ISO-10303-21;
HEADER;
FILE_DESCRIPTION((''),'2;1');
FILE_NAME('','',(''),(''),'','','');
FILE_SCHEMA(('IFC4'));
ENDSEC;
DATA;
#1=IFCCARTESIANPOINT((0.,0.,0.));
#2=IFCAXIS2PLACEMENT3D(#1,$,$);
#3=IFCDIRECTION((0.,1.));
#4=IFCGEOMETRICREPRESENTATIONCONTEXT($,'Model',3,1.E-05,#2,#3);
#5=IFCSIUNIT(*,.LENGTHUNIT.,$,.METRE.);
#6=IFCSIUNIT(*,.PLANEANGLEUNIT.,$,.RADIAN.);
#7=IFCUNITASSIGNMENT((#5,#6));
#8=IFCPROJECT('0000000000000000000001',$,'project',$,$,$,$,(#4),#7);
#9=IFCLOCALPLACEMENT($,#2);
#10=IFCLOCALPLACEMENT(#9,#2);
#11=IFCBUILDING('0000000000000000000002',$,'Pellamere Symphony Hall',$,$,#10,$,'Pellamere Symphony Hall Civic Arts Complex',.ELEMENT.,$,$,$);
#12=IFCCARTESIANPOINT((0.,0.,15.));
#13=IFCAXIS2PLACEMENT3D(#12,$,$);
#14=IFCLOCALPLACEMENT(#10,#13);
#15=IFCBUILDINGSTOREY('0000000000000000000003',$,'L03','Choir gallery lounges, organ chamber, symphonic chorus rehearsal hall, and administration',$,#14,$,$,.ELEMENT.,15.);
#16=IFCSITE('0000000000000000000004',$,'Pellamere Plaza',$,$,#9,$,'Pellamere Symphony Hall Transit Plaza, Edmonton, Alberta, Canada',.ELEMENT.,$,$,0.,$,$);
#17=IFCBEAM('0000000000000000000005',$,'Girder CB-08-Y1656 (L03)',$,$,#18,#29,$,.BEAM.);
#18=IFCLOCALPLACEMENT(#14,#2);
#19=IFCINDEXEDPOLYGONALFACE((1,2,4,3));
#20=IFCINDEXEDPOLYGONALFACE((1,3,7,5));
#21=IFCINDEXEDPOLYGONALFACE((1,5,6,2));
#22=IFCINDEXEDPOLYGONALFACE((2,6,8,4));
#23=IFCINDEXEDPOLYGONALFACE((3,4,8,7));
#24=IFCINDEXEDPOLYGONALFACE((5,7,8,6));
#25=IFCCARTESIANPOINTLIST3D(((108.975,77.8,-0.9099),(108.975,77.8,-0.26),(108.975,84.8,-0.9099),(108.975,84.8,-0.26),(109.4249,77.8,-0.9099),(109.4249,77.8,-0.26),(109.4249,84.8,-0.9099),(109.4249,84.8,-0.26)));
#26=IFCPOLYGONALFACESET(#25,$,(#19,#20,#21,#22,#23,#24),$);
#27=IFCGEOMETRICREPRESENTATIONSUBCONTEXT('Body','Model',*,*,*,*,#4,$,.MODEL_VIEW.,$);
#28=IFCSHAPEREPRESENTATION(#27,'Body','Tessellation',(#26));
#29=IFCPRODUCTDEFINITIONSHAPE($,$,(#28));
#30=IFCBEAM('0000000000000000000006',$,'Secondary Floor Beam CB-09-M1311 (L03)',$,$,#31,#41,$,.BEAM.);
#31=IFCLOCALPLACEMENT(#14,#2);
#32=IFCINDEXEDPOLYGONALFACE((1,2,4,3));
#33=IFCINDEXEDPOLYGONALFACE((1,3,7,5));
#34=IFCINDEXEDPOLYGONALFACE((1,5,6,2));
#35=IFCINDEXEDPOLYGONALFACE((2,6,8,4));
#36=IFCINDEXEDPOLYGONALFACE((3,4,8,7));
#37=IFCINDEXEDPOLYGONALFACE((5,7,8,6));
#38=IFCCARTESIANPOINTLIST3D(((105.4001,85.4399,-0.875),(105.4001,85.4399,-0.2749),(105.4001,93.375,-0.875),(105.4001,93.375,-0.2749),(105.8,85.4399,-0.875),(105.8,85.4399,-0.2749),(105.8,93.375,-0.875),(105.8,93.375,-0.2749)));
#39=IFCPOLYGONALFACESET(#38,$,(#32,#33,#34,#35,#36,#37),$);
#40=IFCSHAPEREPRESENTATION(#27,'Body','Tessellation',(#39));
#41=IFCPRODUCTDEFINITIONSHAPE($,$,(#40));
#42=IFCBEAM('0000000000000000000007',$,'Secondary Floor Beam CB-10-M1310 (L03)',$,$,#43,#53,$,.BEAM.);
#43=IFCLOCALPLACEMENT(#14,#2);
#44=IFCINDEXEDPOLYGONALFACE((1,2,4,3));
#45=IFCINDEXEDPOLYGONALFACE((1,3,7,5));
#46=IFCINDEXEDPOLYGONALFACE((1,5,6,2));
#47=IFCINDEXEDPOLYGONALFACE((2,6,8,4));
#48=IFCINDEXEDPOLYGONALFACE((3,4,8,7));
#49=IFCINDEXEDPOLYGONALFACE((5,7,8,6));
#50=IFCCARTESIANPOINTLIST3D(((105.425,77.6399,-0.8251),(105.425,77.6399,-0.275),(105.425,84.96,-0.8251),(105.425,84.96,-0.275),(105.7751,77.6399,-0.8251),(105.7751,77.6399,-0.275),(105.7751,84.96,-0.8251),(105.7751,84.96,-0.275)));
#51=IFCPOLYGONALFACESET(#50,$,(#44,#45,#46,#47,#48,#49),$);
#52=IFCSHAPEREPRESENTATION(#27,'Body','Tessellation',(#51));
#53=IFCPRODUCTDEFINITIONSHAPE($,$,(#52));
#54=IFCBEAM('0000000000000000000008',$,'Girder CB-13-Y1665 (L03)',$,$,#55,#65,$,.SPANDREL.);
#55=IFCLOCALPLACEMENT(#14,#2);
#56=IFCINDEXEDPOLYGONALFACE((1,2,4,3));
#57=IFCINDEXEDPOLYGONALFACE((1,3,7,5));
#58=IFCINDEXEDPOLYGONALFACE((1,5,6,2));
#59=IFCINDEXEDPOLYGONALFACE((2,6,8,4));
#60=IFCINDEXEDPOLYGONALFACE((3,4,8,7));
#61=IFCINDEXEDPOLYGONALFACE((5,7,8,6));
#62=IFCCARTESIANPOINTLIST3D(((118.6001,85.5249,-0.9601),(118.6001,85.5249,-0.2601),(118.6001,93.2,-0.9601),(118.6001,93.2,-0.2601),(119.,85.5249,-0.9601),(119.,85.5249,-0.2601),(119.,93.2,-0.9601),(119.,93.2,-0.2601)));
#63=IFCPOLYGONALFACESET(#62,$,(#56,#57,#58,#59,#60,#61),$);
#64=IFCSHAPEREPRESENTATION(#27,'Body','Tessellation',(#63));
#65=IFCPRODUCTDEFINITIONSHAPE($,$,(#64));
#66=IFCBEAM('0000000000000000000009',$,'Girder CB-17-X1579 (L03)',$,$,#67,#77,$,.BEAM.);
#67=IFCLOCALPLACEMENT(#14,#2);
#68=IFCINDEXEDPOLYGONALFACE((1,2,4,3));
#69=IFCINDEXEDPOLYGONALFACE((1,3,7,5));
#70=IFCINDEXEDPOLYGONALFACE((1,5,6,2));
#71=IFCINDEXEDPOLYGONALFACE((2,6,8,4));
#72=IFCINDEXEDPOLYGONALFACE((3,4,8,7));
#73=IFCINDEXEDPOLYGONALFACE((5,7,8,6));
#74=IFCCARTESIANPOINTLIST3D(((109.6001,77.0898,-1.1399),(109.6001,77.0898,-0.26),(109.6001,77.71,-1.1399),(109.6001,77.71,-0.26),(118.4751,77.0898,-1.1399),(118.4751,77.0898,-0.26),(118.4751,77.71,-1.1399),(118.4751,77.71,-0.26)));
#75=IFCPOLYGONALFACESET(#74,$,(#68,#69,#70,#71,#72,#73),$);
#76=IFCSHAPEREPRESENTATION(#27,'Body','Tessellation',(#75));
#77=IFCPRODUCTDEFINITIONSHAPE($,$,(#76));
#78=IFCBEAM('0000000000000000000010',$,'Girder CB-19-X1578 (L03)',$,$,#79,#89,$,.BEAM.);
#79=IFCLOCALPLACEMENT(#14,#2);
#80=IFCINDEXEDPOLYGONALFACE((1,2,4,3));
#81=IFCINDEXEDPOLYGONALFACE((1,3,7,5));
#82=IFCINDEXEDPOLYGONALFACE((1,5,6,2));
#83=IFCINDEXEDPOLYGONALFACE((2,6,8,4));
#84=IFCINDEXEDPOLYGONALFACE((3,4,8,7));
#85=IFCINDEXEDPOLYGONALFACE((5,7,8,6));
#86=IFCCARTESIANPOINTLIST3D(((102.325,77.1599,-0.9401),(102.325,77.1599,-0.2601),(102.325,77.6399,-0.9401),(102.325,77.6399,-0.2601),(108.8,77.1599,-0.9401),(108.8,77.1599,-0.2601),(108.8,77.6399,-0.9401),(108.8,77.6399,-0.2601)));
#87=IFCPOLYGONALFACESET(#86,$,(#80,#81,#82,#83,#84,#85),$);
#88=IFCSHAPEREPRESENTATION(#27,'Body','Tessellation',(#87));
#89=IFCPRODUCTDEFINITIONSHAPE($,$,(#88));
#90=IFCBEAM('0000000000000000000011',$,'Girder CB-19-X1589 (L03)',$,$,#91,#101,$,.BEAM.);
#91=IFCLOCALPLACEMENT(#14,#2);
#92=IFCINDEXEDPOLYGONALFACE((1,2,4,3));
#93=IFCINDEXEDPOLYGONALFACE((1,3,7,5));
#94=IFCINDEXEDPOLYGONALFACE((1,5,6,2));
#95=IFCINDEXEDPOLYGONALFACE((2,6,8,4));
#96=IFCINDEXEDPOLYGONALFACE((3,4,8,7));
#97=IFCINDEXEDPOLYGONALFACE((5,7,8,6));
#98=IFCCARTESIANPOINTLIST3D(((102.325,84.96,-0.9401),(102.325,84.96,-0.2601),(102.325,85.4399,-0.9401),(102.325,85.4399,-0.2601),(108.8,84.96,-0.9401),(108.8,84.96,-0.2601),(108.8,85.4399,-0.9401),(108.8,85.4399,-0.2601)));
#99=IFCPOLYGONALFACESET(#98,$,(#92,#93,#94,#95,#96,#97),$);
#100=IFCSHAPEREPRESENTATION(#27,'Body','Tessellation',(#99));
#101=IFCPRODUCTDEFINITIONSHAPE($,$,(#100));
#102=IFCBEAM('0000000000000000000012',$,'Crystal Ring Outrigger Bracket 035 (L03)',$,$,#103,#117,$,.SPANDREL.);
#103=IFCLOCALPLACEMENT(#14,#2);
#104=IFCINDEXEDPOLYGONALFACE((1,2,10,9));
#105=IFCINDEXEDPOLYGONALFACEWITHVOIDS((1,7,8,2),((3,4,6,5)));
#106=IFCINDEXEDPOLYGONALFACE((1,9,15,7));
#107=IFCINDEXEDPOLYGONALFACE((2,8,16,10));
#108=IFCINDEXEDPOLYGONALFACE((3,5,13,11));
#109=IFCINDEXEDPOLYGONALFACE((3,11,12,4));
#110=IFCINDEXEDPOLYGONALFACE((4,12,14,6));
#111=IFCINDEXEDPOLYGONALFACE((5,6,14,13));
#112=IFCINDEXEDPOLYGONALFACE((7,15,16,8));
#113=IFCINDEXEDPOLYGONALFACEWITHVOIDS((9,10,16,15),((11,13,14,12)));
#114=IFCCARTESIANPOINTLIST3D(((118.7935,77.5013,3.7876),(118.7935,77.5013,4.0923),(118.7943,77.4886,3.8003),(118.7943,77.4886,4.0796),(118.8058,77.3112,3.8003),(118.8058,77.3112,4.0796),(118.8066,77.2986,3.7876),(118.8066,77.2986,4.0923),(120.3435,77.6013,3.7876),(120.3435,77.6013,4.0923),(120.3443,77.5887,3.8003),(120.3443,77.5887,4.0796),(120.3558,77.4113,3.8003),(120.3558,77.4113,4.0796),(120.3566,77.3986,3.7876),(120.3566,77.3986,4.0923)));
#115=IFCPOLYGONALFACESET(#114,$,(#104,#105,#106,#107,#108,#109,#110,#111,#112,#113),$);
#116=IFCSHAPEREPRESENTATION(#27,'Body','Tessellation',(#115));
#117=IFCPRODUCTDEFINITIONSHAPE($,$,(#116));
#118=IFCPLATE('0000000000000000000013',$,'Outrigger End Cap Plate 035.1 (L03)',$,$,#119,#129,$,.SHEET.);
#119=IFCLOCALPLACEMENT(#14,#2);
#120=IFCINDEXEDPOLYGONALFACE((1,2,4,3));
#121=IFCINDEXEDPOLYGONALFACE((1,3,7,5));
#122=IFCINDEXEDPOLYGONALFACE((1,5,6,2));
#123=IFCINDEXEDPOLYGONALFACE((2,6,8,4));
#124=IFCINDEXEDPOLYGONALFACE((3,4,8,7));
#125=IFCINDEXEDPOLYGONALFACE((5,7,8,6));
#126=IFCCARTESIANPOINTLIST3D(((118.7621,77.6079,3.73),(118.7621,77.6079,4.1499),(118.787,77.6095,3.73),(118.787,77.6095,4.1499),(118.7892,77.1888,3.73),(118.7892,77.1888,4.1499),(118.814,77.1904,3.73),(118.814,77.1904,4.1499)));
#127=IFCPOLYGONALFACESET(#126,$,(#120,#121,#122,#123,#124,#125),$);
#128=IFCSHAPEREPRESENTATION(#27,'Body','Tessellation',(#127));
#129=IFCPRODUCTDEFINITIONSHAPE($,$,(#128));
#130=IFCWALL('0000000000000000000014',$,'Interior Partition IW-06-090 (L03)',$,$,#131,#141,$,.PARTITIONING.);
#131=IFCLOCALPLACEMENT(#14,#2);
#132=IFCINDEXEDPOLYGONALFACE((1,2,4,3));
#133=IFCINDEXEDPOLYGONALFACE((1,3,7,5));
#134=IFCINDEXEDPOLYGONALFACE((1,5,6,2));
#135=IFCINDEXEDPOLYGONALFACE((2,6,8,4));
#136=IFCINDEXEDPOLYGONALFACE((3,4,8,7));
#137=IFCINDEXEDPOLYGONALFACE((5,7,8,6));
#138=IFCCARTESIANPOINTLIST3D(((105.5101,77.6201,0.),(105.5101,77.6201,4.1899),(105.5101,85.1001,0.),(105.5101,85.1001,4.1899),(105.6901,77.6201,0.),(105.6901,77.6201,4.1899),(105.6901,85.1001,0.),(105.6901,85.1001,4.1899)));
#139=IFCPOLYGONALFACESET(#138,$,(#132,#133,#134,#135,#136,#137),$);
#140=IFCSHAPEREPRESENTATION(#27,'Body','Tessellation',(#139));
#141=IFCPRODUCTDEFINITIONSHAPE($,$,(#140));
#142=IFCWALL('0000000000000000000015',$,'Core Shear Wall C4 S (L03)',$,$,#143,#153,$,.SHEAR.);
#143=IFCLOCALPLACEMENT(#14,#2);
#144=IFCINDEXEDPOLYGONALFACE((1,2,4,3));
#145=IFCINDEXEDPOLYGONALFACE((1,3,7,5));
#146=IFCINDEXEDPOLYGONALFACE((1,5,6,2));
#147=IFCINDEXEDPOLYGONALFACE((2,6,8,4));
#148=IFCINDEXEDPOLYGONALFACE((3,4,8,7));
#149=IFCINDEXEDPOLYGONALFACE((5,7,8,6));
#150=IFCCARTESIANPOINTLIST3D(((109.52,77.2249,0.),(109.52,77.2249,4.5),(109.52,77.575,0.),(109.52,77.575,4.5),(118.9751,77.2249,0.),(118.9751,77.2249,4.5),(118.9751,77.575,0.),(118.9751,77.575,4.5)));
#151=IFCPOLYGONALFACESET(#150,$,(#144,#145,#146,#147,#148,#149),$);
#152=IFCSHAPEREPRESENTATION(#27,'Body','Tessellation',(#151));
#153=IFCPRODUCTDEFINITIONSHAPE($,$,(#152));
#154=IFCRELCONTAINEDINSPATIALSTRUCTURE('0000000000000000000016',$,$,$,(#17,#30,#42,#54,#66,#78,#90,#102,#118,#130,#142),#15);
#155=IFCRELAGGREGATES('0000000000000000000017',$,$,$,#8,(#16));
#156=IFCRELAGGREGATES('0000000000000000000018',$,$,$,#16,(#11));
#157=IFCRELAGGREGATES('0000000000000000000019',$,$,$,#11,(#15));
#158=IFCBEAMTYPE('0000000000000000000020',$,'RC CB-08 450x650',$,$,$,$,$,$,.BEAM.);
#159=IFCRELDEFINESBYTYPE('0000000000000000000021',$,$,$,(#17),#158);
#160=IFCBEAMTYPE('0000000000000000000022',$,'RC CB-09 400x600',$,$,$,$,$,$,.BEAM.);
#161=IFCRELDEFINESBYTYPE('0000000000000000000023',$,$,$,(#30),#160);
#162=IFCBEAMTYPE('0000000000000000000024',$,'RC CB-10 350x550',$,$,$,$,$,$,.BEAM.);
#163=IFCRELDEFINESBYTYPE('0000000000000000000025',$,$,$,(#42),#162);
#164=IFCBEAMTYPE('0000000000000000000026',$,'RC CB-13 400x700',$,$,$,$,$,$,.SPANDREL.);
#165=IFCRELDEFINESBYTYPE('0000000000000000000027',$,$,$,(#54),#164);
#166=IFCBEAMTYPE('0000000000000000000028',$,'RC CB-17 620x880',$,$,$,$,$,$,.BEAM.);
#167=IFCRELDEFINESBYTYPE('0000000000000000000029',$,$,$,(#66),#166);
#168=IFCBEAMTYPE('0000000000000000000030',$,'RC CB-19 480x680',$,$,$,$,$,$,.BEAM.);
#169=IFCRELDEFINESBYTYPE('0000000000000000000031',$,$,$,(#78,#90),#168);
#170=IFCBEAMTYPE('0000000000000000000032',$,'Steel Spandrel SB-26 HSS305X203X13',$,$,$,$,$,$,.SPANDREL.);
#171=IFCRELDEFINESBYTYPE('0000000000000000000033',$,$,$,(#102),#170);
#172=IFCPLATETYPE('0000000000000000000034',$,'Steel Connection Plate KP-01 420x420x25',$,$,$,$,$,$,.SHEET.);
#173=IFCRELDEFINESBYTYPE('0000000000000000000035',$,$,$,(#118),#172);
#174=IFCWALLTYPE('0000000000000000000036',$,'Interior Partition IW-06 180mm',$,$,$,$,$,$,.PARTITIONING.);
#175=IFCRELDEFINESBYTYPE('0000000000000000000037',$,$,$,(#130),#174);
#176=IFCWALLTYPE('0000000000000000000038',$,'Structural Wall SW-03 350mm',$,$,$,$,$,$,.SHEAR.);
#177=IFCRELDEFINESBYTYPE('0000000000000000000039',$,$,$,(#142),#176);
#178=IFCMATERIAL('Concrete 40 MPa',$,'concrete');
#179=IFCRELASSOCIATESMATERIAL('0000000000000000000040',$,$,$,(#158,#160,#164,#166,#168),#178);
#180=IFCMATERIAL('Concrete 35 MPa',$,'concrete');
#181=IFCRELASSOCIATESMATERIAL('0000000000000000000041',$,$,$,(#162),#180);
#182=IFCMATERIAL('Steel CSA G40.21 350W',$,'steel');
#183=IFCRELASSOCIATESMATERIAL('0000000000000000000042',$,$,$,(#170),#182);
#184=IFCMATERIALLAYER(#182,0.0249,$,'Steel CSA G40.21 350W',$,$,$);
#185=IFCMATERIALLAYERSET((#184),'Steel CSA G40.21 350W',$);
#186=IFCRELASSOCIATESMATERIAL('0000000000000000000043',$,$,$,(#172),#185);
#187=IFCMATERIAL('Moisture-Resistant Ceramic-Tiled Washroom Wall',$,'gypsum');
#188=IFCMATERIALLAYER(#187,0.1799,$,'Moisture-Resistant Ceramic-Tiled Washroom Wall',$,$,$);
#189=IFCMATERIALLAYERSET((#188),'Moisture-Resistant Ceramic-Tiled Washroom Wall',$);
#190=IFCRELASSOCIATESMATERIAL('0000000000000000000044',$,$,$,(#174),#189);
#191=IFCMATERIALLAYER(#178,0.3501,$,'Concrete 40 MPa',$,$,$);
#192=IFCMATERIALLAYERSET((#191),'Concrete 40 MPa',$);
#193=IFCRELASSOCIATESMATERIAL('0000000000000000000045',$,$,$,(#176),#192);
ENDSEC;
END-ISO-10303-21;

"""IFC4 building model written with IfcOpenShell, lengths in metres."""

from ifc_helpers import new_model, si_unit, direction, frame, frame_2d, origin, origin_2d, place, context, subcontext, project, spatial, rectangle, hollow_rectangle, extrude, material, layer, layer_set, material_profile, profile_set, type_object, element, save


model = new_model("IFC4")

# Units and contexts
model_context = context("Model", 3, precision=1e-05, world=origin(), true_north=direction((0.0, 1.0)))
body_context = subcontext(model_context, "Body", "Model", "MODEL_VIEW")
ifc_project = project(units=[si_unit("LENGTHUNIT", "METRE"), si_unit("PLANEANGLEUNIT", "RADIAN")], contexts=[model_context])

# Site, building, storey
site_placement = place(None, origin())
site = spatial("IfcSite", under=ifc_project, at=site_placement, Name="Pellamere Plaza", LongName="Pellamere Symphony Hall Transit Plaza, Edmonton, Alberta, Canada", CompositionType="ELEMENT", RefElevation=0.0)
building_placement = place(site_placement, origin())
building = spatial("IfcBuilding", under=site, at=building_placement, Name="Pellamere Symphony Hall", LongName="Pellamere Symphony Hall Civic Arts Complex", CompositionType="ELEMENT")
storey_placement = place(building_placement, frame((0.0, 0.0, 15.0)))
storey = spatial("IfcBuildingStorey", under=building, at=storey_placement, Name="L03", Description="Choir gallery lounges, organ chamber, symphonic chorus rehearsal hall, and administration", CompositionType="ELEMENT", Elevation=15.0)

# Shared definitions
ifc_material_1 = material(Name="Concrete 40 MPa", Category="concrete")

# Beams
ifc_material_profile_1 = material_profile(ifc_material_1, rectangle(XDim=0.45, YDim=0.6499, at=origin_2d()), Name="RC 450x650")
ifc_profile_set_1 = profile_set([ifc_material_profile_1], Name="Concrete 40 MPa")
beam_type_1 = type_object("IfcBeamType", Name="RC CB-08 450x650", PredefinedType="BEAM", material=ifc_profile_set_1)
beam_1_placement = place(storey_placement, frame((109.2, 77.8, -0.585), z_axis=(0.0, 1.0, 0.0), x_axis=(-1.0, 0.0, 0.0)))
element("IfcBeam", 1, at=beam_1_placement, inside=storey, type_object=beam_type_1, Name="Girder CB-08-Y1656 (L03)", PredefinedType="BEAM", context=body_context, shape_type="SweptSolid", body=[
    extrude(rectangle(XDim=0.45, YDim=0.6499, at=origin_2d()), origin(), (0.0, 0.0, 1.0), 7.0),
])
ifc_material_profile_2 = material_profile(ifc_material_1, rectangle(XDim=0.3999, YDim=0.6001, at=origin_2d()), Name="RC 400x600")
ifc_profile_set_2 = profile_set([ifc_material_profile_2], Name="Concrete 40 MPa")
beam_type_2 = type_object("IfcBeamType", Name="RC CB-09 400x600", PredefinedType="BEAM", material=ifc_profile_set_2)
beam_2_placement = place(storey_placement, frame((105.6001, 85.4399, -0.575), z_axis=(0.0, 1.0, 0.0), x_axis=(-1.0, 0.0, 0.0)))
element("IfcBeam", 2, at=beam_2_placement, inside=storey, type_object=beam_type_2, Name="Secondary Floor Beam CB-09-M1311 (L03)", PredefinedType="BEAM", context=body_context, shape_type="SweptSolid", body=[
    extrude(rectangle(XDim=0.3999, YDim=0.6001, at=origin_2d()), origin(), (0.0, 0.0, 1.0), 7.9351),
])
ifc_material_2 = material(Name="Concrete 35 MPa", Category="concrete")
ifc_material_profile_3 = material_profile(ifc_material_2, rectangle(XDim=0.3501, YDim=0.55, at=origin_2d()), Name="RC 350x550")
ifc_profile_set_3 = profile_set([ifc_material_profile_3], Name="Concrete 35 MPa")
beam_type_3 = type_object("IfcBeamType", Name="RC CB-10 350x550", PredefinedType="BEAM", material=ifc_profile_set_3)
beam_3_placement = place(storey_placement, frame((105.6001, 77.6399, -0.55), z_axis=(0.0, 1.0, 0.0), x_axis=(-1.0, 0.0, 0.0)))
element("IfcBeam", 3, at=beam_3_placement, inside=storey, type_object=beam_type_3, Name="Secondary Floor Beam CB-10-M1310 (L03)", PredefinedType="BEAM", context=body_context, shape_type="SweptSolid", body=[
    extrude(rectangle(XDim=0.3501, YDim=0.55, at=origin_2d()), origin(), (0.0, 0.0, 1.0), 7.3201),
])
ifc_material_profile_4 = material_profile(ifc_material_1, rectangle(XDim=0.3999, YDim=0.7, at=origin_2d()), Name="RC 400x700")
ifc_profile_set_4 = profile_set([ifc_material_profile_4], Name="Concrete 40 MPa")
beam_type_4 = type_object("IfcBeamType", Name="RC CB-13 400x700", PredefinedType="SPANDREL", material=ifc_profile_set_4)
beam_4_placement = place(storey_placement, frame((118.8, 85.5249, -0.6101), z_axis=(0.0, 1.0, 0.0), x_axis=(-1.0, 0.0, 0.0)))
element("IfcBeam", 4, at=beam_4_placement, inside=storey, type_object=beam_type_4, Name="Girder CB-13-Y1665 (L03)", PredefinedType="SPANDREL", context=body_context, shape_type="SweptSolid", body=[
    extrude(rectangle(XDim=0.3999, YDim=0.7, at=origin_2d()), origin(), (0.0, 0.0, 1.0), 7.675),
])
ifc_material_profile_5 = material_profile(ifc_material_1, rectangle(XDim=0.6201, YDim=0.8799, at=origin_2d()), Name="RC 620x880")
ifc_profile_set_5 = profile_set([ifc_material_profile_5], Name="Concrete 40 MPa")
beam_type_5 = type_object("IfcBeamType", Name="RC CB-17 620x880", PredefinedType="BEAM", material=ifc_profile_set_5)
beam_5_placement = place(storey_placement, frame((109.6001, 77.3999, -0.7), z_axis=(1.0, 0.0, 0.0), x_axis=(0.0, 1.0, 0.0)))
element("IfcBeam", 5, at=beam_5_placement, inside=storey, type_object=beam_type_5, Name="Girder CB-17-X1579 (L03)", PredefinedType="BEAM", context=body_context, shape_type="SweptSolid", body=[
    extrude(rectangle(XDim=0.6201, YDim=0.8799, at=origin_2d()), origin(), (0.0, 0.0, 1.0), 8.875),
])
ifc_material_profile_6 = material_profile(ifc_material_1, rectangle(XDim=0.48, YDim=0.6799, at=origin_2d()), Name="RC 480x680")
ifc_profile_set_6 = profile_set([ifc_material_profile_6], Name="Concrete 40 MPa")
beam_type_6 = type_object("IfcBeamType", Name="RC CB-19 480x680", PredefinedType="BEAM", material=ifc_profile_set_6)
for number, where, z_axis, x_axis, name in (
    (6, (102.325, 77.3999, -0.6001), (1.0, 0.0, 0.0), (0.0, 1.0, 0.0), "Girder CB-19-X1578 (L03)"),
    (7, (102.325, 85.2, -0.6001), (1.0, 0.0, 0.0), (0.0, 1.0, 0.0), "Girder CB-19-X1589 (L03)"),
):
    element("IfcBeam", number, at=place(storey_placement, frame(where, z_axis=z_axis, x_axis=x_axis)), inside=storey, type_object=beam_type_6, Name=name, PredefinedType="BEAM", context=body_context, shape_type="SweptSolid", body=[
        extrude(rectangle(XDim=0.48, YDim=0.6799, at=origin_2d()), origin(), (0.0, 0.0, 1.0), 6.4751),
    ])
ifc_material_3 = material(Name="Steel CSA G40.21 350W", Category="steel")
ifc_material_profile_7 = material_profile(ifc_material_3, hollow_rectangle(XDim=0.2031, YDim=0.3047, WallThickness=0.0127, at=origin_2d()), Name="HSS305X203X13")
ifc_profile_set_7 = profile_set([ifc_material_profile_7], Name="Steel CSA G40.21 350W")
beam_type_7 = type_object("IfcBeamType", Name="Steel Spandrel SB-26 HSS305X203X13", PredefinedType="SPANDREL", material=ifc_profile_set_7)
beam_6_placement = place(storey_placement, frame((118.8, 77.3999, 3.9399), z_axis=(0.997921, 0.064443, 0.0), x_axis=(-0.064443, 0.997921, 0.0)))
element("IfcBeam", 8, at=beam_6_placement, inside=storey, type_object=beam_type_7, Name="Crystal Ring Outrigger Bracket 035 (L03)", PredefinedType="SPANDREL", context=body_context, shape_type="SweptSolid", body=[
    extrude(hollow_rectangle(XDim=0.2031, YDim=0.3047, WallThickness=0.0127, at=origin_2d()), origin(), (0.0, 0.0, 1.0), 1.5532),
])

# Plate
ifc_layer_1 = layer(ifc_material_3, 0.0249, Name="Steel CSA G40.21 350W")
ifc_layer_set_1 = layer_set([ifc_layer_1], Name="Steel CSA G40.21 350W")
plate_type = type_object("IfcPlateType", Name="Steel Connection Plate KP-01 420x420x25", PredefinedType="SHEET", material=ifc_layer_set_1)
plate_placement = place(storey_placement, frame((118.7881, 77.3992, 3.73), z_axis=(0.0, 0.0, 1.0), x_axis=(0.997927, 0.064358, 0.0)))
element("IfcPlate", 9, at=plate_placement, inside=storey, type_object=plate_type, Name="Outrigger End Cap Plate 035.1 (L03)", PredefinedType="SHEET", context=body_context, shape_type="SweptSolid", body=[
    extrude(rectangle(XDim=0.0249, YDim=0.4199, at=origin_2d()), origin(), (0.0, 0.0, 1.0), 0.4199),
])

# Walls
ifc_material_4 = material(Name="Moisture-Resistant Ceramic-Tiled Washroom Wall", Category="gypsum")
ifc_layer_2 = layer(ifc_material_4, 0.1799, Name="Moisture-Resistant Ceramic-Tiled Washroom Wall")
ifc_layer_set_2 = layer_set([ifc_layer_2], Name="Moisture-Resistant Ceramic-Tiled Washroom Wall")
wall_type_1 = type_object("IfcWallType", Name="Interior Partition IW-06 180mm", PredefinedType="PARTITIONING", material=ifc_layer_set_2)
wall_1_placement = place(storey_placement, frame((105.6001, 77.6201, 0.0), z_axis=(0.0, 0.0, 1.0), x_axis=(0.0, 1.0, 0.0)))
element("IfcWall", 10, at=wall_1_placement, inside=storey, type_object=wall_type_1, Name="Interior Partition IW-06-090 (L03)", PredefinedType="PARTITIONING", context=body_context, shape_type="SweptSolid", body=[
    extrude(rectangle(XDim=7.48, YDim=0.1799, at=frame_2d((3.74, 0.0))), origin(), (0.0, 0.0, 1.0), 4.1899),
])
ifc_layer_3 = layer(ifc_material_1, 0.3501, Name="Concrete 40 MPa")
ifc_layer_set_3 = layer_set([ifc_layer_3], Name="Concrete 40 MPa")
wall_type_2 = type_object("IfcWallType", Name="Structural Wall SW-03 350mm", PredefinedType="SHEAR", material=ifc_layer_set_3)
wall_2_placement = place(storey_placement, frame((109.52, 77.3999, 0.0), z_axis=(0.0, 0.0, 1.0), x_axis=(1.0, 0.0, 0.0)))
element("IfcWall", 11, at=wall_2_placement, inside=storey, type_object=wall_type_2, Name="Core Shear Wall C4 S (L03)", PredefinedType="SHEAR", context=body_context, shape_type="SweptSolid", body=[
    extrude(rectangle(XDim=9.4551, YDim=0.3501, at=frame_2d((4.7275, 0.0))), origin(), (0.0, 0.0, 1.0), 4.5),
])

save(model, "model.ifc")
